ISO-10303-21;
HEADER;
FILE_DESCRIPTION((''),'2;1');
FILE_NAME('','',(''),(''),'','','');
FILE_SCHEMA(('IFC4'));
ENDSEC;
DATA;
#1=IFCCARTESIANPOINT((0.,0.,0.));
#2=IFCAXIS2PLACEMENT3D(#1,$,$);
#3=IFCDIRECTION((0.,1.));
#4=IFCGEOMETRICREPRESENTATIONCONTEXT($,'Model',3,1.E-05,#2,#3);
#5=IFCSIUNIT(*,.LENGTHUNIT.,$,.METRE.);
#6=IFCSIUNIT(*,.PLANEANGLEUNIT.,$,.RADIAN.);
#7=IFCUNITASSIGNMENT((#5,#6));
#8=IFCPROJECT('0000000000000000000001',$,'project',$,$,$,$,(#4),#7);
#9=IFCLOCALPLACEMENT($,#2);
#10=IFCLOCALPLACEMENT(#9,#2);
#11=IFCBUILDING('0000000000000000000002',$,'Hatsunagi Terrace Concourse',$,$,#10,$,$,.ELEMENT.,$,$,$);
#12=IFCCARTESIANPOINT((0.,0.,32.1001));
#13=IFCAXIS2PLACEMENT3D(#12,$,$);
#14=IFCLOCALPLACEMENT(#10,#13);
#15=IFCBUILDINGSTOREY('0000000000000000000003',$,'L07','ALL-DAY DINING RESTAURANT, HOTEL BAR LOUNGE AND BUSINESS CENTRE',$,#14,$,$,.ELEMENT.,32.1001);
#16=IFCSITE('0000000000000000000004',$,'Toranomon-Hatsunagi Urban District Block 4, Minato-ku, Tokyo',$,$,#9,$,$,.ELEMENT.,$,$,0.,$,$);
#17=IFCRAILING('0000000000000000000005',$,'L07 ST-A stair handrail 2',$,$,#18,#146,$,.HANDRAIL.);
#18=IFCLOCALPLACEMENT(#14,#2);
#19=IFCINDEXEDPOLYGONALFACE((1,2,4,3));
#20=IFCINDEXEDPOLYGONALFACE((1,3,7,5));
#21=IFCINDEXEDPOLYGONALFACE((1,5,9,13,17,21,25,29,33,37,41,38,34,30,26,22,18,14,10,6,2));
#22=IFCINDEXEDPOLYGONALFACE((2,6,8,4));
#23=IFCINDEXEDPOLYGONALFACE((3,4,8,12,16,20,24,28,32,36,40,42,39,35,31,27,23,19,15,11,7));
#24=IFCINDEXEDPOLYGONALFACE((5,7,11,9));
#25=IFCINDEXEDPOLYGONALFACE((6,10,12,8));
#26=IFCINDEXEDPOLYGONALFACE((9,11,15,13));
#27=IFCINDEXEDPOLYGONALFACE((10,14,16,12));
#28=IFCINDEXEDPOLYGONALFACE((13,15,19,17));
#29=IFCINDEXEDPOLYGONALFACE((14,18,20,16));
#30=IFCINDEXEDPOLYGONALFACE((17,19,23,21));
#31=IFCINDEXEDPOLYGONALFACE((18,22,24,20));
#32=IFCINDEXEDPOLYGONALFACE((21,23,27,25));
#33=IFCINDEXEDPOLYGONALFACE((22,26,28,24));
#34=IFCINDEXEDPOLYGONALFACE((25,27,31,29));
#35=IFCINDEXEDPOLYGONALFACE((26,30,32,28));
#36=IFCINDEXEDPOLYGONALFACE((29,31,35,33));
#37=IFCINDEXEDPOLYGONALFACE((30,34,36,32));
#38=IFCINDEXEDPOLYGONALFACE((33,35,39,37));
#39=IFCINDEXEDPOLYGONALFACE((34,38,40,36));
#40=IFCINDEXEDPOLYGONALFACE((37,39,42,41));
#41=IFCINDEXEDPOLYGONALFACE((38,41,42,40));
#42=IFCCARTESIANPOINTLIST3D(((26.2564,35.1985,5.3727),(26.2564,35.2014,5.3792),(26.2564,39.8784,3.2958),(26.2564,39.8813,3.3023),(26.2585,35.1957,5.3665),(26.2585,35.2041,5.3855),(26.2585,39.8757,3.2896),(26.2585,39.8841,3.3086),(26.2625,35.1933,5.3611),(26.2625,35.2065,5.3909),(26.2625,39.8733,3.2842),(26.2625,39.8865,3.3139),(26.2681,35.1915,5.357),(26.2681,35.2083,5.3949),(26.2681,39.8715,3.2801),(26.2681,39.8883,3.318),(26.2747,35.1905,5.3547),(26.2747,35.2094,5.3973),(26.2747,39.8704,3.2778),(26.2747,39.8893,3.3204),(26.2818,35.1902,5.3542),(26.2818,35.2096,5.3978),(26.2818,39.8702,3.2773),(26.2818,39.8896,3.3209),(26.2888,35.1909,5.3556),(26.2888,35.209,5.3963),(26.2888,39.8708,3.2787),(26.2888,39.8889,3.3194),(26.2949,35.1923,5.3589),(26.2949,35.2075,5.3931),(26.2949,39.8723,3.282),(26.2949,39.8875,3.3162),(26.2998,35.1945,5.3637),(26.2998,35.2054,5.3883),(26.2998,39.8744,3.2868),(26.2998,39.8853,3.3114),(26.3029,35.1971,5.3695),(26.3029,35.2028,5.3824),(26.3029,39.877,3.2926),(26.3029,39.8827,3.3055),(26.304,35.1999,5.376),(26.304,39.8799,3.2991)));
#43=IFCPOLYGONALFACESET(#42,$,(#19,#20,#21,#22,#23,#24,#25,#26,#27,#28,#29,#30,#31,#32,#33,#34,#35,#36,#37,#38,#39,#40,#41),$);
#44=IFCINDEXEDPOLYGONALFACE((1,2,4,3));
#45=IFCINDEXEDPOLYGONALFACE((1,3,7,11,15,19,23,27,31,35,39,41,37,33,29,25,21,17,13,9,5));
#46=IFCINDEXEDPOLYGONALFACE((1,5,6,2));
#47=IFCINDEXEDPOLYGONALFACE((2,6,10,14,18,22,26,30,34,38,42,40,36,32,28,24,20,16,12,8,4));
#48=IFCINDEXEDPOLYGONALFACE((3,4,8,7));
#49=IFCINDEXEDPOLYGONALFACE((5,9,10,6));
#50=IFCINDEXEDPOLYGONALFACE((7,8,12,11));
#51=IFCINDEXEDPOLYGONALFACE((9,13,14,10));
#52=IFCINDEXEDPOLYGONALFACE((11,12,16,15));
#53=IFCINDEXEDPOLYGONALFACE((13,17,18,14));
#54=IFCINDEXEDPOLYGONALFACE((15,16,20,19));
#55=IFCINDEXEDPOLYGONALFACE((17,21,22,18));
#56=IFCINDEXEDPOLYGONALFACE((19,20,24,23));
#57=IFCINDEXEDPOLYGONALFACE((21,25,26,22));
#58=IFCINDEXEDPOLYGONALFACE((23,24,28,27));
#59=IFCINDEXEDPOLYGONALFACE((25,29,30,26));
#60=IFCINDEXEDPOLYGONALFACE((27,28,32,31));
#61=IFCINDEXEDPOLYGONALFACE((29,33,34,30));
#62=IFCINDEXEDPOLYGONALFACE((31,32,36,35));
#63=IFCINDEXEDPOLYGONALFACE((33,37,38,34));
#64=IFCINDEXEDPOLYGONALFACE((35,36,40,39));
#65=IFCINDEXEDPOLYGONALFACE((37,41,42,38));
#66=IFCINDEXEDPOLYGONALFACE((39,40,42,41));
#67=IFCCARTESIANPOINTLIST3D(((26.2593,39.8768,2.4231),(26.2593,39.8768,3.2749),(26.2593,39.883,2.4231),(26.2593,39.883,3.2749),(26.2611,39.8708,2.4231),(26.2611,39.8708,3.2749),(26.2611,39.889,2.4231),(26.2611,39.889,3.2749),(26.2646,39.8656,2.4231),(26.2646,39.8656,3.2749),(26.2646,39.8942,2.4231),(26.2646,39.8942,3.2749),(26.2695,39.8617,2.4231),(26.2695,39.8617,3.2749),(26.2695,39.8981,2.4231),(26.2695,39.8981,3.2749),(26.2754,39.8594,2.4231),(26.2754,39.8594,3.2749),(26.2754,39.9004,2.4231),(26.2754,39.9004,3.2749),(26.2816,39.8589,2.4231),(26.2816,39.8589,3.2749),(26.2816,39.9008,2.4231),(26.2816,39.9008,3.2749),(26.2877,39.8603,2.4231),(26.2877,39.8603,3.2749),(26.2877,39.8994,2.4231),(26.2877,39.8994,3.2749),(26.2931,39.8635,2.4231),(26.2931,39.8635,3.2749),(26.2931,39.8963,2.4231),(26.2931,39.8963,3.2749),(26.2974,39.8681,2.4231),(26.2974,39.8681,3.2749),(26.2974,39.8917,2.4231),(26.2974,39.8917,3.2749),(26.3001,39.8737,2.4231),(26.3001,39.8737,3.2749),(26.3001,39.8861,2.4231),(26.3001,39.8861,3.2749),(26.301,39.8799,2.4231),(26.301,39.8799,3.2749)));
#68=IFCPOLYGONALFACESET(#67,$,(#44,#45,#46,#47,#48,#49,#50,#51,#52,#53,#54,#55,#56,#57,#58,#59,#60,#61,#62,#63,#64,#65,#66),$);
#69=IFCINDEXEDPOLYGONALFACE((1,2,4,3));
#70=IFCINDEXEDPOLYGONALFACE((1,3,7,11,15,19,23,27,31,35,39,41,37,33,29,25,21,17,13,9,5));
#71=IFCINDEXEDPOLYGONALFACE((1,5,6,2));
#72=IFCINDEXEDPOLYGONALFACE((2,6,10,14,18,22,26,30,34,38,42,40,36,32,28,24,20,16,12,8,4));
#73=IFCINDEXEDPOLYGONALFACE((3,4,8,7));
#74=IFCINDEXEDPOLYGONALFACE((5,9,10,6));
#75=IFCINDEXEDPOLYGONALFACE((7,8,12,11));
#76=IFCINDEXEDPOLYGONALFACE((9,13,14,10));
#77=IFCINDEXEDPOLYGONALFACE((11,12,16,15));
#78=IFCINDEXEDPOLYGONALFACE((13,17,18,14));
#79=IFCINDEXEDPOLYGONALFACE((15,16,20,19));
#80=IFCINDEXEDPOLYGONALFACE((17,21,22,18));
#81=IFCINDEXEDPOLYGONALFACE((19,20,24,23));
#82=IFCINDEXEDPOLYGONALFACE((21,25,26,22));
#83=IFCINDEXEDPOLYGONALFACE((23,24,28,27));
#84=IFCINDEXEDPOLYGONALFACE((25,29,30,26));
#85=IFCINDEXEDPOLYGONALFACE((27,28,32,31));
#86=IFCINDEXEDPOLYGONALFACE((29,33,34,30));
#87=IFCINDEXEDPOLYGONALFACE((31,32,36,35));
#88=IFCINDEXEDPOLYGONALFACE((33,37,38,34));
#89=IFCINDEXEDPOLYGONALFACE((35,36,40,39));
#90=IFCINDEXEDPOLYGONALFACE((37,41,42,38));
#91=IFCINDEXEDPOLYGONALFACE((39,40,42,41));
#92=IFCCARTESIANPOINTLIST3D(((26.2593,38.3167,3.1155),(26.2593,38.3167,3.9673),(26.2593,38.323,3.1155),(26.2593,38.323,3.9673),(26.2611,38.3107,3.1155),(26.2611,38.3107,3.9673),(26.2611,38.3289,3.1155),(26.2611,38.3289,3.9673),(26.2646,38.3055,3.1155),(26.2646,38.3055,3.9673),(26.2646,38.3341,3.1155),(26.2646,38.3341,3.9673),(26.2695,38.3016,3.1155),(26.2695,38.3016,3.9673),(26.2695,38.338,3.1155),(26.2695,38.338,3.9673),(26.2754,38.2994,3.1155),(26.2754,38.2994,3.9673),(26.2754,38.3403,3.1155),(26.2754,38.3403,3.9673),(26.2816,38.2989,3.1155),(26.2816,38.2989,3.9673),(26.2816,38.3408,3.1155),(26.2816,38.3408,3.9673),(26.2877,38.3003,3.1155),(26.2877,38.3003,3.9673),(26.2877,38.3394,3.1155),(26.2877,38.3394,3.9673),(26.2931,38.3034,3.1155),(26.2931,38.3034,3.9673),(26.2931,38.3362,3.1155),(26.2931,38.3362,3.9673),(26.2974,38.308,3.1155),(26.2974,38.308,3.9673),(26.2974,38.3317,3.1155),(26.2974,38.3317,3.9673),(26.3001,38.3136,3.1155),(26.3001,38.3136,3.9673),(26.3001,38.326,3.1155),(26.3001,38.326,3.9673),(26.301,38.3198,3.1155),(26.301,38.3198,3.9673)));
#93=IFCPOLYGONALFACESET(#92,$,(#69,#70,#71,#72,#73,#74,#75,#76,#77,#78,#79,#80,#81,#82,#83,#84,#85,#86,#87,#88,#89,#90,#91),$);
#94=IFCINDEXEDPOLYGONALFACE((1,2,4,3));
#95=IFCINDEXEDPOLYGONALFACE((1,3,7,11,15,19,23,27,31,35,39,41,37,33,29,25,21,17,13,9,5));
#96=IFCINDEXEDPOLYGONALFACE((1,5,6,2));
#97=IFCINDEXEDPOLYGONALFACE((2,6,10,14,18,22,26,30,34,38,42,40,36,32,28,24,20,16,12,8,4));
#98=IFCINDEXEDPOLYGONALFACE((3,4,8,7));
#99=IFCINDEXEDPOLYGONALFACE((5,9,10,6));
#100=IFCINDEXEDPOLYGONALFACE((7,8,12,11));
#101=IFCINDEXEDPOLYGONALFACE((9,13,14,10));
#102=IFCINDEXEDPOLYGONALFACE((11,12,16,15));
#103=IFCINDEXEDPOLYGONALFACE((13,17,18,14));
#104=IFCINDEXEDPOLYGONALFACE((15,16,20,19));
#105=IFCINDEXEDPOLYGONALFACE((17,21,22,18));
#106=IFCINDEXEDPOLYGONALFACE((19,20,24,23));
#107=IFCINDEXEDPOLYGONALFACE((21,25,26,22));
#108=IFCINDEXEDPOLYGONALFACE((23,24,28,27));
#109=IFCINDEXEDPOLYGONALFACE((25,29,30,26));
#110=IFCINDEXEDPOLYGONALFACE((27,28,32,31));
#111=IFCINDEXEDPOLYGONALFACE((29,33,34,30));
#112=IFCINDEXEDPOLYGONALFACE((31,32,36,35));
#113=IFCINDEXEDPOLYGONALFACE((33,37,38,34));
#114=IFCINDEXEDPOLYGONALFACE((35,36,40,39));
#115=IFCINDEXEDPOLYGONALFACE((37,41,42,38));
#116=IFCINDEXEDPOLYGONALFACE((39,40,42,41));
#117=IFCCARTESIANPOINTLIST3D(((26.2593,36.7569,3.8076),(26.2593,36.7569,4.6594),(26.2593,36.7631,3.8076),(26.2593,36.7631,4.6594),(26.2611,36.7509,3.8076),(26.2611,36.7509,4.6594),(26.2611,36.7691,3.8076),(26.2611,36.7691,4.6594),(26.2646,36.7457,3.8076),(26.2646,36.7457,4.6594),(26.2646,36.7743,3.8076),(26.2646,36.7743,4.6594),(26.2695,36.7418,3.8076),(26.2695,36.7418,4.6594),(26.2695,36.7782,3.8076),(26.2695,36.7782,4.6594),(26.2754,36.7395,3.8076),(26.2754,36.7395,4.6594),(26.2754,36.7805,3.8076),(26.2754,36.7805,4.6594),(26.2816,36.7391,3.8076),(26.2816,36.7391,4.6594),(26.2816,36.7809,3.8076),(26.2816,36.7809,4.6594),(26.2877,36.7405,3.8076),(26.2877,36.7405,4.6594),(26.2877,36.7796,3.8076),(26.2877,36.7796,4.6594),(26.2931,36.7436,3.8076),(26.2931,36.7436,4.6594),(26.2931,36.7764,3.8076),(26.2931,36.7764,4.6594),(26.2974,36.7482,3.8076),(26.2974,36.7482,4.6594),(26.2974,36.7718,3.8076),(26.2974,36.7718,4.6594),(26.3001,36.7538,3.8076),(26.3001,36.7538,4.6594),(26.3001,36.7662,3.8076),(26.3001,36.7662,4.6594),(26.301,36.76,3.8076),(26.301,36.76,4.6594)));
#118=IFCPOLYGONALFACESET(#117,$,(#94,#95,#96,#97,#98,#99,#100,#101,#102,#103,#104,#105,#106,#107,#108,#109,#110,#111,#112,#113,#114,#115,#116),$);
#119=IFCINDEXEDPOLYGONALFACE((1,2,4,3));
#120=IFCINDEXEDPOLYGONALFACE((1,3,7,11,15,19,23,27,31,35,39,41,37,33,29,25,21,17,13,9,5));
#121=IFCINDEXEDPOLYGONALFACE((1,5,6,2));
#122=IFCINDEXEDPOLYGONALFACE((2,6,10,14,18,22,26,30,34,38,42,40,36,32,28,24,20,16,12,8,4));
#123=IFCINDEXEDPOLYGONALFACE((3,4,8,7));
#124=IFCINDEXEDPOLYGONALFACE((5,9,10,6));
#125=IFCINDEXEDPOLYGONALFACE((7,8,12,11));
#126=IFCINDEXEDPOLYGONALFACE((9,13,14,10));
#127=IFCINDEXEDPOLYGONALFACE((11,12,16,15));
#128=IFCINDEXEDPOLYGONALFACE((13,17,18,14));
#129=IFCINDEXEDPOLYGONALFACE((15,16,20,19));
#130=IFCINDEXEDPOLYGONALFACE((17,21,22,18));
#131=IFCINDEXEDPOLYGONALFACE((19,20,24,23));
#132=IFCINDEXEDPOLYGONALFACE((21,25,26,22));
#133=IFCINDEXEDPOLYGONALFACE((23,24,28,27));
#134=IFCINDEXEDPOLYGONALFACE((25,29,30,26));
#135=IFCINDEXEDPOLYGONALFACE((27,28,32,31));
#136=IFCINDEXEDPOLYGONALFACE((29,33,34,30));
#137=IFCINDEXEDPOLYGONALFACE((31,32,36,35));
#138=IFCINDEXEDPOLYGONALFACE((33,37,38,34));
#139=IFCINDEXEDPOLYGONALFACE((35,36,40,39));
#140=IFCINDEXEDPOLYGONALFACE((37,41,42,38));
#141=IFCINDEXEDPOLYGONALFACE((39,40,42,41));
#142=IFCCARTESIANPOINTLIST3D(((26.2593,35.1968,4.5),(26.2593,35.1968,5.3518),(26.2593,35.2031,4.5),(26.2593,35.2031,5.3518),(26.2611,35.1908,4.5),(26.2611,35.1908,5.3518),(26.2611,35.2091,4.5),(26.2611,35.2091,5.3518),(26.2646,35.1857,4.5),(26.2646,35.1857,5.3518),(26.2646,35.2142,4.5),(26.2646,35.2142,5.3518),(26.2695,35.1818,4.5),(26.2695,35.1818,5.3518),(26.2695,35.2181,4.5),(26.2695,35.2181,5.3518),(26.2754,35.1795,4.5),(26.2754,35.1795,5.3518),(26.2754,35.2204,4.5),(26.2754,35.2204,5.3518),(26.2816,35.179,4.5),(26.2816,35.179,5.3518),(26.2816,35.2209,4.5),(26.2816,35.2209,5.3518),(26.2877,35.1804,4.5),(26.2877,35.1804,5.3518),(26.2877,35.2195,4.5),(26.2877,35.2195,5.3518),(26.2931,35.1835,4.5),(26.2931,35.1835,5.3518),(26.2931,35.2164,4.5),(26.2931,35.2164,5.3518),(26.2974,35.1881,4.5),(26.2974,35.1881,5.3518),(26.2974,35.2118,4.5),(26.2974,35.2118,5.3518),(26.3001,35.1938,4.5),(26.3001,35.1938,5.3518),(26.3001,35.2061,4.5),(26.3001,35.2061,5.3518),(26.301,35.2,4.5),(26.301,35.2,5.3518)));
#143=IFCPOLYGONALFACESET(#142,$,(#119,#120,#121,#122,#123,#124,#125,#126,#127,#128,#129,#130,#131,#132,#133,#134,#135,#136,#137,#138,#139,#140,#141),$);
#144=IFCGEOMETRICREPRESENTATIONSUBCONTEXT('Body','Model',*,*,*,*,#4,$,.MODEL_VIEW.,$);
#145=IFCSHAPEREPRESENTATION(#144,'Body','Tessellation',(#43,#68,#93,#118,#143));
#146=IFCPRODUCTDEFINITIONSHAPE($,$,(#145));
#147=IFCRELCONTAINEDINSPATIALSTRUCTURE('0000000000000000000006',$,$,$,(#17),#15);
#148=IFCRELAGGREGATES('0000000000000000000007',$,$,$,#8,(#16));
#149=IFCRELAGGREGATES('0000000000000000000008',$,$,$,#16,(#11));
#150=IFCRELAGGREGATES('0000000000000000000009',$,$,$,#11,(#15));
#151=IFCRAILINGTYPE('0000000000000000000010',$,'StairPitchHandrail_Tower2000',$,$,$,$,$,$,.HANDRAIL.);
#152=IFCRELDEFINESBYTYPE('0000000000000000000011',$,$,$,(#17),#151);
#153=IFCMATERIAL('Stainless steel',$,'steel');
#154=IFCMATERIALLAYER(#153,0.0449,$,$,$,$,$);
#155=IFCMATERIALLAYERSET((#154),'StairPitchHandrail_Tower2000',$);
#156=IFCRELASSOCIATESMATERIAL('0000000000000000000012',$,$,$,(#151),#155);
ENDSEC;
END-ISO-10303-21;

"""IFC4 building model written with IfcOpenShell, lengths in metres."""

from ifc_helpers import new_model, si_unit, direction, frame, origin, origin_2d, place, context, subcontext, project, spatial, circle, extrude, material, layer, layer_set, type_object, element, save


model = new_model("IFC4")

# Units and contexts
model_context = context("Model", 3, precision=1e-05, world=origin(), true_north=direction((0.0, 1.0)))
body_context = subcontext(model_context, "Body", "Model", "MODEL_VIEW")
ifc_project = project(units=[si_unit("LENGTHUNIT", "METRE"), si_unit("PLANEANGLEUNIT", "RADIAN")], contexts=[model_context])

# Site, building, storey
site_placement = place(None, origin())
site = spatial("IfcSite", under=ifc_project, at=site_placement, Name="Toranomon-Hatsunagi Urban District Block 4, Minato-ku, Tokyo", CompositionType="ELEMENT", RefElevation=0.0)
building_placement = place(site_placement, origin())
building = spatial("IfcBuilding", under=site, at=building_placement, Name="Hatsunagi Terrace Concourse", CompositionType="ELEMENT")
storey_placement = place(building_placement, frame((0.0, 0.0, 32.1001)))
storey = spatial("IfcBuildingStorey", under=building, at=storey_placement, Name="L07", Description="ALL-DAY DINING RESTAURANT, HOTEL BAR LOUNGE AND BUSINESS CENTRE", CompositionType="ELEMENT", Elevation=32.1001)

# Railing
ifc_material_1 = material(Name="Stainless steel", Category="steel")
ifc_layer_1 = layer(ifc_material_1, 0.0449)
ifc_layer_set_1 = layer_set([ifc_layer_1], Name="StairPitchHandrail_Tower2000")
railing_type_1 = type_object("IfcRailingType", Name="StairPitchHandrail_Tower2000", PredefinedType="HANDRAIL", material=ifc_layer_set_1)
railing_1_placement = place(storey_placement, frame((26.28, 39.8799, 2.4231)))
element("IfcRailing", 1, at=railing_1_placement, inside=storey, type_object=railing_type_1, Name="L07 ST-A stair handrail 2", PredefinedType="HANDRAIL", context=body_context, shape_type="SweptSolid", body=[
    extrude(circle(Radius=0.0239, at=origin_2d()), frame((0.0, 0.0, 0.876), z_axis=(0.0, -0.914034, 0.405638), x_axis=(1.0, 0.0, 0.0)), (0.0, 0.0, 1.0), 5.1201),
    extrude(circle(Radius=0.021, at=origin_2d()), origin(), (0.0, 0.0, 1.0), 0.8518),
    extrude(circle(Radius=0.021, at=origin_2d()), frame((0.0, -1.5601, 0.6924)), (0.0, 0.0, 1.0), 0.8518),
    extrude(circle(Radius=0.021, at=origin_2d()), frame((0.0, -3.1199, 1.3845)), (0.0, 0.0, 1.0), 0.8518),
    extrude(circle(Radius=0.021, at=origin_2d()), frame((0.0, -4.6799, 2.0769)), (0.0, 0.0, 1.0), 0.8518),
])

save(model, "model.ifc")
